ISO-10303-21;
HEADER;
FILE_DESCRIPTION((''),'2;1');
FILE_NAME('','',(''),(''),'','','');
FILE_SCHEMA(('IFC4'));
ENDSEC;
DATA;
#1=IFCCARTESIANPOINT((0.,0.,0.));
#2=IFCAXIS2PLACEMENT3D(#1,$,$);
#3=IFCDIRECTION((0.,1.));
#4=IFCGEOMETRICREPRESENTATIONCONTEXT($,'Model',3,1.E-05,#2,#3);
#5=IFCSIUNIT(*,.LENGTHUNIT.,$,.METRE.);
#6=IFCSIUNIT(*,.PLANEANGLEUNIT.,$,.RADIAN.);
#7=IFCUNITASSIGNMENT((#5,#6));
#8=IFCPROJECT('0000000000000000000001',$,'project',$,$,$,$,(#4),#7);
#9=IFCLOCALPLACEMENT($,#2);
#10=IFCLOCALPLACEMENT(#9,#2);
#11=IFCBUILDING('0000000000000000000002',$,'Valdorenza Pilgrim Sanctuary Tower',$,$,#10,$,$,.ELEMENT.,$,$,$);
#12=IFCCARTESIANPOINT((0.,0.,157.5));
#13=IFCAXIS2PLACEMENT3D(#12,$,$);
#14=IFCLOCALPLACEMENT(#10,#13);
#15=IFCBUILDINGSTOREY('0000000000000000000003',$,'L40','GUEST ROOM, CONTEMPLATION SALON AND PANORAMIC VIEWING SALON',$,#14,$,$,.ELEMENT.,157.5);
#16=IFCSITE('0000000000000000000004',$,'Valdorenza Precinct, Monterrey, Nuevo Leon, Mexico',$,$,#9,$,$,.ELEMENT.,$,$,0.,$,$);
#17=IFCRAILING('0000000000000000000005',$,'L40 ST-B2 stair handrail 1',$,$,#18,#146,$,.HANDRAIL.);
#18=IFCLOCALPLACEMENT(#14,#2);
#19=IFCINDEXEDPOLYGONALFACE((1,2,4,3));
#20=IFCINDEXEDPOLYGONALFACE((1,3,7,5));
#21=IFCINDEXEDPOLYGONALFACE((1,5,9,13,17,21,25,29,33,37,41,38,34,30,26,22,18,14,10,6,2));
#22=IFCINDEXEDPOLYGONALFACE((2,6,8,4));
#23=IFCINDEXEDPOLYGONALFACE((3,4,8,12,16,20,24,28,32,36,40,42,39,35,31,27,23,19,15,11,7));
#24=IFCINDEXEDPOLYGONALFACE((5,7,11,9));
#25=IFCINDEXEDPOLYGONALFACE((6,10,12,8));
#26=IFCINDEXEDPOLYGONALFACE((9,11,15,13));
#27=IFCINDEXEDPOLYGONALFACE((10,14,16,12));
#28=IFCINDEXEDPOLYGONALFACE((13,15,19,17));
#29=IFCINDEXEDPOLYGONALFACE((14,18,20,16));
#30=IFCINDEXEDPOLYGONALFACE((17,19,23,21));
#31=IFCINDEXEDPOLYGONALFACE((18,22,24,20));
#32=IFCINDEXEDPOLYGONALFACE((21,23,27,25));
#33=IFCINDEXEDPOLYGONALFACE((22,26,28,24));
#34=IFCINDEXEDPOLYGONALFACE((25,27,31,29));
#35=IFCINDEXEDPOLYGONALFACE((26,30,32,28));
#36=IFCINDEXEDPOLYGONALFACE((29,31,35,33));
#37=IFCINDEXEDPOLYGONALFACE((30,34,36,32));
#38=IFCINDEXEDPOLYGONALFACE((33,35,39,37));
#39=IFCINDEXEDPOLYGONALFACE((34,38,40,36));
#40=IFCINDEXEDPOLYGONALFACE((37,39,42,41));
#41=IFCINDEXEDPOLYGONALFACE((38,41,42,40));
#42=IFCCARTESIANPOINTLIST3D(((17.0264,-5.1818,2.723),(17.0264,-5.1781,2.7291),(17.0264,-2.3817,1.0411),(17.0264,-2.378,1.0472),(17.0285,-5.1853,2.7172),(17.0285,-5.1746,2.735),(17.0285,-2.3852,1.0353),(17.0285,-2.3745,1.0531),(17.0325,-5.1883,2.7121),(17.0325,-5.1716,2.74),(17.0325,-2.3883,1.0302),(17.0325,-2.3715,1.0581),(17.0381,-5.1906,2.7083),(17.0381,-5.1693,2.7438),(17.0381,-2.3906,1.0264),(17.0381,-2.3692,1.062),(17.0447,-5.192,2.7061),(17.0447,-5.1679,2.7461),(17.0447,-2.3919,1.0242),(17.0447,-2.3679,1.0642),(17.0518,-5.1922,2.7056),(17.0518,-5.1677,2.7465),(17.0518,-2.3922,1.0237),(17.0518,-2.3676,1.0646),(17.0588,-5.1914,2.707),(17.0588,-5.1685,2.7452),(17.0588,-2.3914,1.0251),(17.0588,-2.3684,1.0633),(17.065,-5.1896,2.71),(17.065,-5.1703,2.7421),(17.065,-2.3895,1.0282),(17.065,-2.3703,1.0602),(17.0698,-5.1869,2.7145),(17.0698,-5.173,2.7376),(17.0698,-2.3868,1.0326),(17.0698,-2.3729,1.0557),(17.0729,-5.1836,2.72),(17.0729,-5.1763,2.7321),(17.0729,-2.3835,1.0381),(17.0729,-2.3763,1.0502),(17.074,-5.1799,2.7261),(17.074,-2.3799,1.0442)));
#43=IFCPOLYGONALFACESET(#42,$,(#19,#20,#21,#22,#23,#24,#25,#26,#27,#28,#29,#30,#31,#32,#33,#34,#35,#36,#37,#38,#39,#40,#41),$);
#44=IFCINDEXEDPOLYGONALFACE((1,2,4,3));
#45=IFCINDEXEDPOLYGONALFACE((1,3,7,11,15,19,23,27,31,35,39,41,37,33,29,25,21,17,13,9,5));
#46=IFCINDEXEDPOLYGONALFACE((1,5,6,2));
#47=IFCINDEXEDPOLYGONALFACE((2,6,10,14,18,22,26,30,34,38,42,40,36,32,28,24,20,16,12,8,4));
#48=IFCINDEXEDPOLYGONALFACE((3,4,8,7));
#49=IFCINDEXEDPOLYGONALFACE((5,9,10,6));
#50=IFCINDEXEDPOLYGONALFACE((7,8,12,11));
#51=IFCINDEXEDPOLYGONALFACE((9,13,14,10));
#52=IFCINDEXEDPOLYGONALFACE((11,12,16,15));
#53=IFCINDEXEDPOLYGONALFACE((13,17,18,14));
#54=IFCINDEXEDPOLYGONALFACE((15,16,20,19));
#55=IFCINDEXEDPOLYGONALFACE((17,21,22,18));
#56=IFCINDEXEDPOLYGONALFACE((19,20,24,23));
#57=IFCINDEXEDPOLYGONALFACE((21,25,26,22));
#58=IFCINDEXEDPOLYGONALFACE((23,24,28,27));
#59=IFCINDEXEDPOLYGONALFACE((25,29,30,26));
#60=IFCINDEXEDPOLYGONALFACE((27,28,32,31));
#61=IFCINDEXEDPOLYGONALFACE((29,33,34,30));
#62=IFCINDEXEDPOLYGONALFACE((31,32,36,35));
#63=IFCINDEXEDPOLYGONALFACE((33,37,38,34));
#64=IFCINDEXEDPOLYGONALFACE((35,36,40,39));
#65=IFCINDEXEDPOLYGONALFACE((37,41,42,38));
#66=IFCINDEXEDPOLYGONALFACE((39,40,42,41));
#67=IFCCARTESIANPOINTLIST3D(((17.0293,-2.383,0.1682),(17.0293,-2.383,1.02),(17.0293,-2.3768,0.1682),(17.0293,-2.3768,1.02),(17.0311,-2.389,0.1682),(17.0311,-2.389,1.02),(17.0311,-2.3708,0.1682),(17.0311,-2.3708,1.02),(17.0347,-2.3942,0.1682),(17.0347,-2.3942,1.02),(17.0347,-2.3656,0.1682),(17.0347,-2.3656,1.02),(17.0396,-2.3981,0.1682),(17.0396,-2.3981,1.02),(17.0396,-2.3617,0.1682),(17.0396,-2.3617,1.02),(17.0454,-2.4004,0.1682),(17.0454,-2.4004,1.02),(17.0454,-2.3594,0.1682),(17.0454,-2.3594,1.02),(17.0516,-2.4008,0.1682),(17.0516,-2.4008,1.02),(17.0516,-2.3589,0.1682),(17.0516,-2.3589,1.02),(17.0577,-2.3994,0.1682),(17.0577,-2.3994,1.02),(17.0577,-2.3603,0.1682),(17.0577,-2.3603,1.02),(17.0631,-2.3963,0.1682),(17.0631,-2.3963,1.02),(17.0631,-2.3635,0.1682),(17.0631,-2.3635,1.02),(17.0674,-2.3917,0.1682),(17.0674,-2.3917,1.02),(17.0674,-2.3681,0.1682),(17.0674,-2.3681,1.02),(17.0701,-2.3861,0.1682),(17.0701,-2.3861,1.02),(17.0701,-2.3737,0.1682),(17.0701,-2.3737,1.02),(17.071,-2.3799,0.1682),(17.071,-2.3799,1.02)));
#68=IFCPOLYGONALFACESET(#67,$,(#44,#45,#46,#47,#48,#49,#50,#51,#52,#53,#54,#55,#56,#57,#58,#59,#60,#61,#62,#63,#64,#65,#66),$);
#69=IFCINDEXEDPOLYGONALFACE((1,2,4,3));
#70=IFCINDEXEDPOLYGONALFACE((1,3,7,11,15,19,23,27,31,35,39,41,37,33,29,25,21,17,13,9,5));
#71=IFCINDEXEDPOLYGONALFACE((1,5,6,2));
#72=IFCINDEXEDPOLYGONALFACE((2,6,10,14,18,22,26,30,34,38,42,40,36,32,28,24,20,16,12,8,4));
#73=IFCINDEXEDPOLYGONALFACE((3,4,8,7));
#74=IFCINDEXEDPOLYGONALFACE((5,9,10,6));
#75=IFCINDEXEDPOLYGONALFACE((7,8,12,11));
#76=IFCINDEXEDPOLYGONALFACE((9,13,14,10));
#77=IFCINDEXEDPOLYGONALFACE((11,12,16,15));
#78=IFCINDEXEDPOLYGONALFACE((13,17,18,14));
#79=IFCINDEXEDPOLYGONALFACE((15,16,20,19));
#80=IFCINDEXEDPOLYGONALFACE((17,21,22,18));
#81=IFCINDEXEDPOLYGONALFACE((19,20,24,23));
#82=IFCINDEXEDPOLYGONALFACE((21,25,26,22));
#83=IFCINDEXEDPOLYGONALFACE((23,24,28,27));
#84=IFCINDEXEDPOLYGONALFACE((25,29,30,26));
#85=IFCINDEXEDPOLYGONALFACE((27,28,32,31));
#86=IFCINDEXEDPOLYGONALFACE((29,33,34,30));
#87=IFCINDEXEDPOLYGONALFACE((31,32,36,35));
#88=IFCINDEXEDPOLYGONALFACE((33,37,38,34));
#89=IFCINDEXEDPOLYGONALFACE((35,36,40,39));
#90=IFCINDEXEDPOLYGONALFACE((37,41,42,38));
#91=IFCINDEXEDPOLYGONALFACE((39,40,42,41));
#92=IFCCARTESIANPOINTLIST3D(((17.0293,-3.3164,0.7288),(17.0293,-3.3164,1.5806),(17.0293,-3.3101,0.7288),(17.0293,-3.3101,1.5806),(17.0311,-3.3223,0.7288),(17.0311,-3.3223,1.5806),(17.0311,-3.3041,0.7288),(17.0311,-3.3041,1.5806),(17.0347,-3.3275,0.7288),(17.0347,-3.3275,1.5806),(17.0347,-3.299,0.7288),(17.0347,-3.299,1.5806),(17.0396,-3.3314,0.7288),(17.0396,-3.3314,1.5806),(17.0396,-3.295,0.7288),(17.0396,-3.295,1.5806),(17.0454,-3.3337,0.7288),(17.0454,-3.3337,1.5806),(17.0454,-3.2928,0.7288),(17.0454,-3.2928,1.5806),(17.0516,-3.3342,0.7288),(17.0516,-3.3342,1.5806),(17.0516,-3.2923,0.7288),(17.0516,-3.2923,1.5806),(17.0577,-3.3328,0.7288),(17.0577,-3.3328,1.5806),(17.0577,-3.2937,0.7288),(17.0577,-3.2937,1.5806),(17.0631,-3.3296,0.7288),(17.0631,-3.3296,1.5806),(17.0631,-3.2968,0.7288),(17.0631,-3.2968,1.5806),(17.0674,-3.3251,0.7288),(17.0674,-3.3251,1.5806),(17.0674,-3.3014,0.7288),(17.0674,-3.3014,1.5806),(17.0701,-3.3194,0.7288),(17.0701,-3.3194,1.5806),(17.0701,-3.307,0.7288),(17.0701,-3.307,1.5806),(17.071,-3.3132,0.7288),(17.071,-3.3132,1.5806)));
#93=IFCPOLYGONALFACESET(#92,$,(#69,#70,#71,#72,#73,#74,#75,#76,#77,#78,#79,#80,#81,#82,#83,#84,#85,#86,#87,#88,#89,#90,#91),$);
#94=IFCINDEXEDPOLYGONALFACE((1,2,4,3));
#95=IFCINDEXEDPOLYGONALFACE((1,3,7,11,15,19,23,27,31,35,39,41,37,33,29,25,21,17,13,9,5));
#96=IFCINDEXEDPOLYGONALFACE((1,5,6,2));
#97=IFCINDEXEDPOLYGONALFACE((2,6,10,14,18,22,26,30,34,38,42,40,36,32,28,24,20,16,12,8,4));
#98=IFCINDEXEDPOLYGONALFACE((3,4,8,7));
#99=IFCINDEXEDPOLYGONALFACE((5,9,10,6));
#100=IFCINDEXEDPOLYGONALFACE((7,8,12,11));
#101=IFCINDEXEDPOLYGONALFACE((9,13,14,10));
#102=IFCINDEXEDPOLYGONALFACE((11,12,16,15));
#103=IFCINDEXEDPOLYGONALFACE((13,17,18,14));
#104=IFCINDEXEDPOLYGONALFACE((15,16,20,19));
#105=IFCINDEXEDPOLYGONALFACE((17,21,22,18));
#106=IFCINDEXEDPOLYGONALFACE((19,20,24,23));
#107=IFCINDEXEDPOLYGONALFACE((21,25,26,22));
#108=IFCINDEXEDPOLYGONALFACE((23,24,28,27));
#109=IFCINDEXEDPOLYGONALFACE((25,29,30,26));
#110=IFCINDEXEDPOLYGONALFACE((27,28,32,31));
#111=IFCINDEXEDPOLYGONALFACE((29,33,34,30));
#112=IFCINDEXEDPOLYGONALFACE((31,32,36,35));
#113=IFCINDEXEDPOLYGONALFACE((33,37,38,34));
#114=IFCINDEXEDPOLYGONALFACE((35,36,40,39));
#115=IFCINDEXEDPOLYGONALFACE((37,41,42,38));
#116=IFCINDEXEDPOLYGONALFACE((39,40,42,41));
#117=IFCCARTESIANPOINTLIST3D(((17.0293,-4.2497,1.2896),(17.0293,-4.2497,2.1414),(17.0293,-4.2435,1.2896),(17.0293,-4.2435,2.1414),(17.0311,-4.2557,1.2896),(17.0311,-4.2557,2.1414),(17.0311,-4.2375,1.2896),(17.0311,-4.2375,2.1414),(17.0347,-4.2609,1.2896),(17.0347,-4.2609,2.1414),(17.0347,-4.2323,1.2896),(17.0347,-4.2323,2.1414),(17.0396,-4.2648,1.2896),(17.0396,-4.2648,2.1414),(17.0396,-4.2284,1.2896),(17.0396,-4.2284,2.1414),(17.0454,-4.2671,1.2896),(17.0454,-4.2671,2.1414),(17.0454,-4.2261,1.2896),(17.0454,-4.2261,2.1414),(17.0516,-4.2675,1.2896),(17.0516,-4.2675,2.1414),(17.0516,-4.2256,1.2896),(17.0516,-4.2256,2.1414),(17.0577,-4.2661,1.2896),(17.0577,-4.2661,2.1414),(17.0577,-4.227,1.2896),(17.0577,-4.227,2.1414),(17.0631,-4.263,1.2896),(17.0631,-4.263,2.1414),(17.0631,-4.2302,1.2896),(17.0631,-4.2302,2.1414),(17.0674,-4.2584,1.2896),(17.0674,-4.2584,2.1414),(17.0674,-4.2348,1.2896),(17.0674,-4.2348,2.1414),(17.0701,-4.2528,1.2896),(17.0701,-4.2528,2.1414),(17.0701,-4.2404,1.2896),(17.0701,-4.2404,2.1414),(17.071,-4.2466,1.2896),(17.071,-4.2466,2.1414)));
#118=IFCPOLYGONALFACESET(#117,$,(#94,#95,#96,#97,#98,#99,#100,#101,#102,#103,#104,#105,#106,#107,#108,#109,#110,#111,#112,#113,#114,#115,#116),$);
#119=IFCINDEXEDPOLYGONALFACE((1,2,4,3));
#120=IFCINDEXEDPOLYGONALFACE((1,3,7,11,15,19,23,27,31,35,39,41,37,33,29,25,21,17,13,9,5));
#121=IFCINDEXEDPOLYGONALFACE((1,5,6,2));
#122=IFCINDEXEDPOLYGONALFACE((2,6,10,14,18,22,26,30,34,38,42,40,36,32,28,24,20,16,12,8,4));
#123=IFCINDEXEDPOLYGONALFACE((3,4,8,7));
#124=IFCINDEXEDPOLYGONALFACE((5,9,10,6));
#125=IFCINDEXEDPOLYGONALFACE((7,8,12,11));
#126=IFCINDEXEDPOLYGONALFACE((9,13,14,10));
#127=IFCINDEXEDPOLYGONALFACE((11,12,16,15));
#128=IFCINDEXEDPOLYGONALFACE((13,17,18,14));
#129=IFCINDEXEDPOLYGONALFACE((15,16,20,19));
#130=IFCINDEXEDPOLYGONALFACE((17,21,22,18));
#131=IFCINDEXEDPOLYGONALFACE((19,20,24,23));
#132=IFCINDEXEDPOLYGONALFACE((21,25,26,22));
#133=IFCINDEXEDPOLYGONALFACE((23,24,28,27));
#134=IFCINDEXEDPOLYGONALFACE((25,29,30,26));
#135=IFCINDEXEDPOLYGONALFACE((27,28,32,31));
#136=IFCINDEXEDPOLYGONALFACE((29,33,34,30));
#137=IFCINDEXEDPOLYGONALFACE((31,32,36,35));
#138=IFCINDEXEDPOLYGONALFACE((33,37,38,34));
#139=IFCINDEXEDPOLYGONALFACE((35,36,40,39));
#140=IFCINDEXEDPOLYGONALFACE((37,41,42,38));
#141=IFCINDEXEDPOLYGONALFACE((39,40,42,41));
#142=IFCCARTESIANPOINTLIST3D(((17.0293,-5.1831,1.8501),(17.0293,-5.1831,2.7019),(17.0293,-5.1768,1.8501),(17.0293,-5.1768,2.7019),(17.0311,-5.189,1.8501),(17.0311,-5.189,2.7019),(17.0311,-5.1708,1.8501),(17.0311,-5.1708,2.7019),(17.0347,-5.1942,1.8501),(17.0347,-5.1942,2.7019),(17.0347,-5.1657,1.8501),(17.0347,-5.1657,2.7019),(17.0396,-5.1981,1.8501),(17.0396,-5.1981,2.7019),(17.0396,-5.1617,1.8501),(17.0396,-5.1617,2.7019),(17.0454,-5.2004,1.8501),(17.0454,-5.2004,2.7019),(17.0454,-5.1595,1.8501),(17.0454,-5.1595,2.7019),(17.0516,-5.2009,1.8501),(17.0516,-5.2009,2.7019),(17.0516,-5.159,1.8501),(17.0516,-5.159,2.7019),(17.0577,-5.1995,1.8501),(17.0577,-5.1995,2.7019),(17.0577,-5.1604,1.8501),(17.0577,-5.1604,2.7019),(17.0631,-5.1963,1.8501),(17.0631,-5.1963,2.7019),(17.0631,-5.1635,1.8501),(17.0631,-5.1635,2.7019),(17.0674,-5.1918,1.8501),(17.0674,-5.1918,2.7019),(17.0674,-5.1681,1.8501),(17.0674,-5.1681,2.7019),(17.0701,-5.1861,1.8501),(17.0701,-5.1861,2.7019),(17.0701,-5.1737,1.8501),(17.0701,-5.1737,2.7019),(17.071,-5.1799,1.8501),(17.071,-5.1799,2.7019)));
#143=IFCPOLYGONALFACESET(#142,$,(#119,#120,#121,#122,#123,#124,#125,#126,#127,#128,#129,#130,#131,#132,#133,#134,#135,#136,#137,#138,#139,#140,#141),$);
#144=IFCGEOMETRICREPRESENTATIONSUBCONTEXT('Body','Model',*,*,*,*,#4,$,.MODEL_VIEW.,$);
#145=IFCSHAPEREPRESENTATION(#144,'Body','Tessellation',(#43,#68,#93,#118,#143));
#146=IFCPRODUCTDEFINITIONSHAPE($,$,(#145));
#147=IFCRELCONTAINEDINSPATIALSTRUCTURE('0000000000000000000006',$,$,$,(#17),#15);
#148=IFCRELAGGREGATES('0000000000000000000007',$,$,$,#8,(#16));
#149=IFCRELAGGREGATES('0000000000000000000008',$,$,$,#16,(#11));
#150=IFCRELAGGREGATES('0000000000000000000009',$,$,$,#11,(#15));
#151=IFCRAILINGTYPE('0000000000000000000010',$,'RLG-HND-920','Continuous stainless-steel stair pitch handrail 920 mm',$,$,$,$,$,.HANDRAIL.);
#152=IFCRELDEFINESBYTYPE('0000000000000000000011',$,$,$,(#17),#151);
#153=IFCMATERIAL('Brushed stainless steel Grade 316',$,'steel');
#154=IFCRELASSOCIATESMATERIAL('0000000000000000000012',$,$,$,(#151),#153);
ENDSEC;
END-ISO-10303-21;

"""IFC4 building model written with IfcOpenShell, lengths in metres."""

from ifc_helpers import new_model, si_unit, direction, frame, origin, origin_2d, place, context, subcontext, project, spatial, circle, extrude, material, type_object, element, save


model = new_model("IFC4")

# Units and contexts
model_context = context("Model", 3, precision=1e-05, world=origin(), true_north=direction((0.0, 1.0)))
body_context = subcontext(model_context, "Body", "Model", "MODEL_VIEW")
ifc_project = project(units=[si_unit("LENGTHUNIT", "METRE"), si_unit("PLANEANGLEUNIT", "RADIAN")], contexts=[model_context])

# Site, building, storey
site_placement = place(None, origin())
site = spatial("IfcSite", under=ifc_project, at=site_placement, Name="Valdorenza Precinct, Monterrey, Nuevo Leon, Mexico", CompositionType="ELEMENT", RefElevation=0.0)
building_placement = place(site_placement, origin())
building = spatial("IfcBuilding", under=site, at=building_placement, Name="Valdorenza Pilgrim Sanctuary Tower", CompositionType="ELEMENT")
storey_placement = place(building_placement, frame((0.0, 0.0, 157.5)))
storey = spatial("IfcBuildingStorey", under=building, at=storey_placement, Name="L40", Description="GUEST ROOM, CONTEMPLATION SALON AND PANORAMIC VIEWING SALON", CompositionType="ELEMENT", Elevation=157.5)

# Railing
ifc_material_1 = material(Name="Brushed stainless steel Grade 316", Category="steel")
railing_type_1 = type_object("IfcRailingType", Name="RLG-HND-920", Description="Continuous stainless-steel stair pitch handrail 920 mm", PredefinedType="HANDRAIL", material=ifc_material_1)
railing_1_placement = place(storey_placement, frame((17.05, -2.3799, 0.1682)))
element("IfcRailing", 1, at=railing_1_placement, inside=storey, type_object=railing_type_1, Name="L40 ST-B2 stair handrail 1", PredefinedType="HANDRAIL", context=body_context, shape_type="SweptSolid", body=[
    extrude(circle(Radius=0.0239, at=origin_2d()), frame((0.0, 0.0, 0.876), z_axis=(0.0, -0.857242, 0.514913), x_axis=(1.0, 0.0, 0.0)), (0.0, 0.0, 1.0), 3.2664),
    extrude(circle(Radius=0.021, at=origin_2d()), origin(), (0.0, 0.0, 1.0), 0.8518),
    extrude(circle(Radius=0.021, at=origin_2d()), frame((0.0, -0.9333, 0.5605)), (0.0, 0.0, 1.0), 0.8518),
    extrude(circle(Radius=0.021, at=origin_2d()), frame((0.0, -1.8667, 1.1213)), (0.0, 0.0, 1.0), 0.8518),
    extrude(circle(Radius=0.021, at=origin_2d()), frame((0.0, -2.8, 1.6819)), (0.0, 0.0, 1.0), 0.8518),
])

save(model, "model.ifc")
